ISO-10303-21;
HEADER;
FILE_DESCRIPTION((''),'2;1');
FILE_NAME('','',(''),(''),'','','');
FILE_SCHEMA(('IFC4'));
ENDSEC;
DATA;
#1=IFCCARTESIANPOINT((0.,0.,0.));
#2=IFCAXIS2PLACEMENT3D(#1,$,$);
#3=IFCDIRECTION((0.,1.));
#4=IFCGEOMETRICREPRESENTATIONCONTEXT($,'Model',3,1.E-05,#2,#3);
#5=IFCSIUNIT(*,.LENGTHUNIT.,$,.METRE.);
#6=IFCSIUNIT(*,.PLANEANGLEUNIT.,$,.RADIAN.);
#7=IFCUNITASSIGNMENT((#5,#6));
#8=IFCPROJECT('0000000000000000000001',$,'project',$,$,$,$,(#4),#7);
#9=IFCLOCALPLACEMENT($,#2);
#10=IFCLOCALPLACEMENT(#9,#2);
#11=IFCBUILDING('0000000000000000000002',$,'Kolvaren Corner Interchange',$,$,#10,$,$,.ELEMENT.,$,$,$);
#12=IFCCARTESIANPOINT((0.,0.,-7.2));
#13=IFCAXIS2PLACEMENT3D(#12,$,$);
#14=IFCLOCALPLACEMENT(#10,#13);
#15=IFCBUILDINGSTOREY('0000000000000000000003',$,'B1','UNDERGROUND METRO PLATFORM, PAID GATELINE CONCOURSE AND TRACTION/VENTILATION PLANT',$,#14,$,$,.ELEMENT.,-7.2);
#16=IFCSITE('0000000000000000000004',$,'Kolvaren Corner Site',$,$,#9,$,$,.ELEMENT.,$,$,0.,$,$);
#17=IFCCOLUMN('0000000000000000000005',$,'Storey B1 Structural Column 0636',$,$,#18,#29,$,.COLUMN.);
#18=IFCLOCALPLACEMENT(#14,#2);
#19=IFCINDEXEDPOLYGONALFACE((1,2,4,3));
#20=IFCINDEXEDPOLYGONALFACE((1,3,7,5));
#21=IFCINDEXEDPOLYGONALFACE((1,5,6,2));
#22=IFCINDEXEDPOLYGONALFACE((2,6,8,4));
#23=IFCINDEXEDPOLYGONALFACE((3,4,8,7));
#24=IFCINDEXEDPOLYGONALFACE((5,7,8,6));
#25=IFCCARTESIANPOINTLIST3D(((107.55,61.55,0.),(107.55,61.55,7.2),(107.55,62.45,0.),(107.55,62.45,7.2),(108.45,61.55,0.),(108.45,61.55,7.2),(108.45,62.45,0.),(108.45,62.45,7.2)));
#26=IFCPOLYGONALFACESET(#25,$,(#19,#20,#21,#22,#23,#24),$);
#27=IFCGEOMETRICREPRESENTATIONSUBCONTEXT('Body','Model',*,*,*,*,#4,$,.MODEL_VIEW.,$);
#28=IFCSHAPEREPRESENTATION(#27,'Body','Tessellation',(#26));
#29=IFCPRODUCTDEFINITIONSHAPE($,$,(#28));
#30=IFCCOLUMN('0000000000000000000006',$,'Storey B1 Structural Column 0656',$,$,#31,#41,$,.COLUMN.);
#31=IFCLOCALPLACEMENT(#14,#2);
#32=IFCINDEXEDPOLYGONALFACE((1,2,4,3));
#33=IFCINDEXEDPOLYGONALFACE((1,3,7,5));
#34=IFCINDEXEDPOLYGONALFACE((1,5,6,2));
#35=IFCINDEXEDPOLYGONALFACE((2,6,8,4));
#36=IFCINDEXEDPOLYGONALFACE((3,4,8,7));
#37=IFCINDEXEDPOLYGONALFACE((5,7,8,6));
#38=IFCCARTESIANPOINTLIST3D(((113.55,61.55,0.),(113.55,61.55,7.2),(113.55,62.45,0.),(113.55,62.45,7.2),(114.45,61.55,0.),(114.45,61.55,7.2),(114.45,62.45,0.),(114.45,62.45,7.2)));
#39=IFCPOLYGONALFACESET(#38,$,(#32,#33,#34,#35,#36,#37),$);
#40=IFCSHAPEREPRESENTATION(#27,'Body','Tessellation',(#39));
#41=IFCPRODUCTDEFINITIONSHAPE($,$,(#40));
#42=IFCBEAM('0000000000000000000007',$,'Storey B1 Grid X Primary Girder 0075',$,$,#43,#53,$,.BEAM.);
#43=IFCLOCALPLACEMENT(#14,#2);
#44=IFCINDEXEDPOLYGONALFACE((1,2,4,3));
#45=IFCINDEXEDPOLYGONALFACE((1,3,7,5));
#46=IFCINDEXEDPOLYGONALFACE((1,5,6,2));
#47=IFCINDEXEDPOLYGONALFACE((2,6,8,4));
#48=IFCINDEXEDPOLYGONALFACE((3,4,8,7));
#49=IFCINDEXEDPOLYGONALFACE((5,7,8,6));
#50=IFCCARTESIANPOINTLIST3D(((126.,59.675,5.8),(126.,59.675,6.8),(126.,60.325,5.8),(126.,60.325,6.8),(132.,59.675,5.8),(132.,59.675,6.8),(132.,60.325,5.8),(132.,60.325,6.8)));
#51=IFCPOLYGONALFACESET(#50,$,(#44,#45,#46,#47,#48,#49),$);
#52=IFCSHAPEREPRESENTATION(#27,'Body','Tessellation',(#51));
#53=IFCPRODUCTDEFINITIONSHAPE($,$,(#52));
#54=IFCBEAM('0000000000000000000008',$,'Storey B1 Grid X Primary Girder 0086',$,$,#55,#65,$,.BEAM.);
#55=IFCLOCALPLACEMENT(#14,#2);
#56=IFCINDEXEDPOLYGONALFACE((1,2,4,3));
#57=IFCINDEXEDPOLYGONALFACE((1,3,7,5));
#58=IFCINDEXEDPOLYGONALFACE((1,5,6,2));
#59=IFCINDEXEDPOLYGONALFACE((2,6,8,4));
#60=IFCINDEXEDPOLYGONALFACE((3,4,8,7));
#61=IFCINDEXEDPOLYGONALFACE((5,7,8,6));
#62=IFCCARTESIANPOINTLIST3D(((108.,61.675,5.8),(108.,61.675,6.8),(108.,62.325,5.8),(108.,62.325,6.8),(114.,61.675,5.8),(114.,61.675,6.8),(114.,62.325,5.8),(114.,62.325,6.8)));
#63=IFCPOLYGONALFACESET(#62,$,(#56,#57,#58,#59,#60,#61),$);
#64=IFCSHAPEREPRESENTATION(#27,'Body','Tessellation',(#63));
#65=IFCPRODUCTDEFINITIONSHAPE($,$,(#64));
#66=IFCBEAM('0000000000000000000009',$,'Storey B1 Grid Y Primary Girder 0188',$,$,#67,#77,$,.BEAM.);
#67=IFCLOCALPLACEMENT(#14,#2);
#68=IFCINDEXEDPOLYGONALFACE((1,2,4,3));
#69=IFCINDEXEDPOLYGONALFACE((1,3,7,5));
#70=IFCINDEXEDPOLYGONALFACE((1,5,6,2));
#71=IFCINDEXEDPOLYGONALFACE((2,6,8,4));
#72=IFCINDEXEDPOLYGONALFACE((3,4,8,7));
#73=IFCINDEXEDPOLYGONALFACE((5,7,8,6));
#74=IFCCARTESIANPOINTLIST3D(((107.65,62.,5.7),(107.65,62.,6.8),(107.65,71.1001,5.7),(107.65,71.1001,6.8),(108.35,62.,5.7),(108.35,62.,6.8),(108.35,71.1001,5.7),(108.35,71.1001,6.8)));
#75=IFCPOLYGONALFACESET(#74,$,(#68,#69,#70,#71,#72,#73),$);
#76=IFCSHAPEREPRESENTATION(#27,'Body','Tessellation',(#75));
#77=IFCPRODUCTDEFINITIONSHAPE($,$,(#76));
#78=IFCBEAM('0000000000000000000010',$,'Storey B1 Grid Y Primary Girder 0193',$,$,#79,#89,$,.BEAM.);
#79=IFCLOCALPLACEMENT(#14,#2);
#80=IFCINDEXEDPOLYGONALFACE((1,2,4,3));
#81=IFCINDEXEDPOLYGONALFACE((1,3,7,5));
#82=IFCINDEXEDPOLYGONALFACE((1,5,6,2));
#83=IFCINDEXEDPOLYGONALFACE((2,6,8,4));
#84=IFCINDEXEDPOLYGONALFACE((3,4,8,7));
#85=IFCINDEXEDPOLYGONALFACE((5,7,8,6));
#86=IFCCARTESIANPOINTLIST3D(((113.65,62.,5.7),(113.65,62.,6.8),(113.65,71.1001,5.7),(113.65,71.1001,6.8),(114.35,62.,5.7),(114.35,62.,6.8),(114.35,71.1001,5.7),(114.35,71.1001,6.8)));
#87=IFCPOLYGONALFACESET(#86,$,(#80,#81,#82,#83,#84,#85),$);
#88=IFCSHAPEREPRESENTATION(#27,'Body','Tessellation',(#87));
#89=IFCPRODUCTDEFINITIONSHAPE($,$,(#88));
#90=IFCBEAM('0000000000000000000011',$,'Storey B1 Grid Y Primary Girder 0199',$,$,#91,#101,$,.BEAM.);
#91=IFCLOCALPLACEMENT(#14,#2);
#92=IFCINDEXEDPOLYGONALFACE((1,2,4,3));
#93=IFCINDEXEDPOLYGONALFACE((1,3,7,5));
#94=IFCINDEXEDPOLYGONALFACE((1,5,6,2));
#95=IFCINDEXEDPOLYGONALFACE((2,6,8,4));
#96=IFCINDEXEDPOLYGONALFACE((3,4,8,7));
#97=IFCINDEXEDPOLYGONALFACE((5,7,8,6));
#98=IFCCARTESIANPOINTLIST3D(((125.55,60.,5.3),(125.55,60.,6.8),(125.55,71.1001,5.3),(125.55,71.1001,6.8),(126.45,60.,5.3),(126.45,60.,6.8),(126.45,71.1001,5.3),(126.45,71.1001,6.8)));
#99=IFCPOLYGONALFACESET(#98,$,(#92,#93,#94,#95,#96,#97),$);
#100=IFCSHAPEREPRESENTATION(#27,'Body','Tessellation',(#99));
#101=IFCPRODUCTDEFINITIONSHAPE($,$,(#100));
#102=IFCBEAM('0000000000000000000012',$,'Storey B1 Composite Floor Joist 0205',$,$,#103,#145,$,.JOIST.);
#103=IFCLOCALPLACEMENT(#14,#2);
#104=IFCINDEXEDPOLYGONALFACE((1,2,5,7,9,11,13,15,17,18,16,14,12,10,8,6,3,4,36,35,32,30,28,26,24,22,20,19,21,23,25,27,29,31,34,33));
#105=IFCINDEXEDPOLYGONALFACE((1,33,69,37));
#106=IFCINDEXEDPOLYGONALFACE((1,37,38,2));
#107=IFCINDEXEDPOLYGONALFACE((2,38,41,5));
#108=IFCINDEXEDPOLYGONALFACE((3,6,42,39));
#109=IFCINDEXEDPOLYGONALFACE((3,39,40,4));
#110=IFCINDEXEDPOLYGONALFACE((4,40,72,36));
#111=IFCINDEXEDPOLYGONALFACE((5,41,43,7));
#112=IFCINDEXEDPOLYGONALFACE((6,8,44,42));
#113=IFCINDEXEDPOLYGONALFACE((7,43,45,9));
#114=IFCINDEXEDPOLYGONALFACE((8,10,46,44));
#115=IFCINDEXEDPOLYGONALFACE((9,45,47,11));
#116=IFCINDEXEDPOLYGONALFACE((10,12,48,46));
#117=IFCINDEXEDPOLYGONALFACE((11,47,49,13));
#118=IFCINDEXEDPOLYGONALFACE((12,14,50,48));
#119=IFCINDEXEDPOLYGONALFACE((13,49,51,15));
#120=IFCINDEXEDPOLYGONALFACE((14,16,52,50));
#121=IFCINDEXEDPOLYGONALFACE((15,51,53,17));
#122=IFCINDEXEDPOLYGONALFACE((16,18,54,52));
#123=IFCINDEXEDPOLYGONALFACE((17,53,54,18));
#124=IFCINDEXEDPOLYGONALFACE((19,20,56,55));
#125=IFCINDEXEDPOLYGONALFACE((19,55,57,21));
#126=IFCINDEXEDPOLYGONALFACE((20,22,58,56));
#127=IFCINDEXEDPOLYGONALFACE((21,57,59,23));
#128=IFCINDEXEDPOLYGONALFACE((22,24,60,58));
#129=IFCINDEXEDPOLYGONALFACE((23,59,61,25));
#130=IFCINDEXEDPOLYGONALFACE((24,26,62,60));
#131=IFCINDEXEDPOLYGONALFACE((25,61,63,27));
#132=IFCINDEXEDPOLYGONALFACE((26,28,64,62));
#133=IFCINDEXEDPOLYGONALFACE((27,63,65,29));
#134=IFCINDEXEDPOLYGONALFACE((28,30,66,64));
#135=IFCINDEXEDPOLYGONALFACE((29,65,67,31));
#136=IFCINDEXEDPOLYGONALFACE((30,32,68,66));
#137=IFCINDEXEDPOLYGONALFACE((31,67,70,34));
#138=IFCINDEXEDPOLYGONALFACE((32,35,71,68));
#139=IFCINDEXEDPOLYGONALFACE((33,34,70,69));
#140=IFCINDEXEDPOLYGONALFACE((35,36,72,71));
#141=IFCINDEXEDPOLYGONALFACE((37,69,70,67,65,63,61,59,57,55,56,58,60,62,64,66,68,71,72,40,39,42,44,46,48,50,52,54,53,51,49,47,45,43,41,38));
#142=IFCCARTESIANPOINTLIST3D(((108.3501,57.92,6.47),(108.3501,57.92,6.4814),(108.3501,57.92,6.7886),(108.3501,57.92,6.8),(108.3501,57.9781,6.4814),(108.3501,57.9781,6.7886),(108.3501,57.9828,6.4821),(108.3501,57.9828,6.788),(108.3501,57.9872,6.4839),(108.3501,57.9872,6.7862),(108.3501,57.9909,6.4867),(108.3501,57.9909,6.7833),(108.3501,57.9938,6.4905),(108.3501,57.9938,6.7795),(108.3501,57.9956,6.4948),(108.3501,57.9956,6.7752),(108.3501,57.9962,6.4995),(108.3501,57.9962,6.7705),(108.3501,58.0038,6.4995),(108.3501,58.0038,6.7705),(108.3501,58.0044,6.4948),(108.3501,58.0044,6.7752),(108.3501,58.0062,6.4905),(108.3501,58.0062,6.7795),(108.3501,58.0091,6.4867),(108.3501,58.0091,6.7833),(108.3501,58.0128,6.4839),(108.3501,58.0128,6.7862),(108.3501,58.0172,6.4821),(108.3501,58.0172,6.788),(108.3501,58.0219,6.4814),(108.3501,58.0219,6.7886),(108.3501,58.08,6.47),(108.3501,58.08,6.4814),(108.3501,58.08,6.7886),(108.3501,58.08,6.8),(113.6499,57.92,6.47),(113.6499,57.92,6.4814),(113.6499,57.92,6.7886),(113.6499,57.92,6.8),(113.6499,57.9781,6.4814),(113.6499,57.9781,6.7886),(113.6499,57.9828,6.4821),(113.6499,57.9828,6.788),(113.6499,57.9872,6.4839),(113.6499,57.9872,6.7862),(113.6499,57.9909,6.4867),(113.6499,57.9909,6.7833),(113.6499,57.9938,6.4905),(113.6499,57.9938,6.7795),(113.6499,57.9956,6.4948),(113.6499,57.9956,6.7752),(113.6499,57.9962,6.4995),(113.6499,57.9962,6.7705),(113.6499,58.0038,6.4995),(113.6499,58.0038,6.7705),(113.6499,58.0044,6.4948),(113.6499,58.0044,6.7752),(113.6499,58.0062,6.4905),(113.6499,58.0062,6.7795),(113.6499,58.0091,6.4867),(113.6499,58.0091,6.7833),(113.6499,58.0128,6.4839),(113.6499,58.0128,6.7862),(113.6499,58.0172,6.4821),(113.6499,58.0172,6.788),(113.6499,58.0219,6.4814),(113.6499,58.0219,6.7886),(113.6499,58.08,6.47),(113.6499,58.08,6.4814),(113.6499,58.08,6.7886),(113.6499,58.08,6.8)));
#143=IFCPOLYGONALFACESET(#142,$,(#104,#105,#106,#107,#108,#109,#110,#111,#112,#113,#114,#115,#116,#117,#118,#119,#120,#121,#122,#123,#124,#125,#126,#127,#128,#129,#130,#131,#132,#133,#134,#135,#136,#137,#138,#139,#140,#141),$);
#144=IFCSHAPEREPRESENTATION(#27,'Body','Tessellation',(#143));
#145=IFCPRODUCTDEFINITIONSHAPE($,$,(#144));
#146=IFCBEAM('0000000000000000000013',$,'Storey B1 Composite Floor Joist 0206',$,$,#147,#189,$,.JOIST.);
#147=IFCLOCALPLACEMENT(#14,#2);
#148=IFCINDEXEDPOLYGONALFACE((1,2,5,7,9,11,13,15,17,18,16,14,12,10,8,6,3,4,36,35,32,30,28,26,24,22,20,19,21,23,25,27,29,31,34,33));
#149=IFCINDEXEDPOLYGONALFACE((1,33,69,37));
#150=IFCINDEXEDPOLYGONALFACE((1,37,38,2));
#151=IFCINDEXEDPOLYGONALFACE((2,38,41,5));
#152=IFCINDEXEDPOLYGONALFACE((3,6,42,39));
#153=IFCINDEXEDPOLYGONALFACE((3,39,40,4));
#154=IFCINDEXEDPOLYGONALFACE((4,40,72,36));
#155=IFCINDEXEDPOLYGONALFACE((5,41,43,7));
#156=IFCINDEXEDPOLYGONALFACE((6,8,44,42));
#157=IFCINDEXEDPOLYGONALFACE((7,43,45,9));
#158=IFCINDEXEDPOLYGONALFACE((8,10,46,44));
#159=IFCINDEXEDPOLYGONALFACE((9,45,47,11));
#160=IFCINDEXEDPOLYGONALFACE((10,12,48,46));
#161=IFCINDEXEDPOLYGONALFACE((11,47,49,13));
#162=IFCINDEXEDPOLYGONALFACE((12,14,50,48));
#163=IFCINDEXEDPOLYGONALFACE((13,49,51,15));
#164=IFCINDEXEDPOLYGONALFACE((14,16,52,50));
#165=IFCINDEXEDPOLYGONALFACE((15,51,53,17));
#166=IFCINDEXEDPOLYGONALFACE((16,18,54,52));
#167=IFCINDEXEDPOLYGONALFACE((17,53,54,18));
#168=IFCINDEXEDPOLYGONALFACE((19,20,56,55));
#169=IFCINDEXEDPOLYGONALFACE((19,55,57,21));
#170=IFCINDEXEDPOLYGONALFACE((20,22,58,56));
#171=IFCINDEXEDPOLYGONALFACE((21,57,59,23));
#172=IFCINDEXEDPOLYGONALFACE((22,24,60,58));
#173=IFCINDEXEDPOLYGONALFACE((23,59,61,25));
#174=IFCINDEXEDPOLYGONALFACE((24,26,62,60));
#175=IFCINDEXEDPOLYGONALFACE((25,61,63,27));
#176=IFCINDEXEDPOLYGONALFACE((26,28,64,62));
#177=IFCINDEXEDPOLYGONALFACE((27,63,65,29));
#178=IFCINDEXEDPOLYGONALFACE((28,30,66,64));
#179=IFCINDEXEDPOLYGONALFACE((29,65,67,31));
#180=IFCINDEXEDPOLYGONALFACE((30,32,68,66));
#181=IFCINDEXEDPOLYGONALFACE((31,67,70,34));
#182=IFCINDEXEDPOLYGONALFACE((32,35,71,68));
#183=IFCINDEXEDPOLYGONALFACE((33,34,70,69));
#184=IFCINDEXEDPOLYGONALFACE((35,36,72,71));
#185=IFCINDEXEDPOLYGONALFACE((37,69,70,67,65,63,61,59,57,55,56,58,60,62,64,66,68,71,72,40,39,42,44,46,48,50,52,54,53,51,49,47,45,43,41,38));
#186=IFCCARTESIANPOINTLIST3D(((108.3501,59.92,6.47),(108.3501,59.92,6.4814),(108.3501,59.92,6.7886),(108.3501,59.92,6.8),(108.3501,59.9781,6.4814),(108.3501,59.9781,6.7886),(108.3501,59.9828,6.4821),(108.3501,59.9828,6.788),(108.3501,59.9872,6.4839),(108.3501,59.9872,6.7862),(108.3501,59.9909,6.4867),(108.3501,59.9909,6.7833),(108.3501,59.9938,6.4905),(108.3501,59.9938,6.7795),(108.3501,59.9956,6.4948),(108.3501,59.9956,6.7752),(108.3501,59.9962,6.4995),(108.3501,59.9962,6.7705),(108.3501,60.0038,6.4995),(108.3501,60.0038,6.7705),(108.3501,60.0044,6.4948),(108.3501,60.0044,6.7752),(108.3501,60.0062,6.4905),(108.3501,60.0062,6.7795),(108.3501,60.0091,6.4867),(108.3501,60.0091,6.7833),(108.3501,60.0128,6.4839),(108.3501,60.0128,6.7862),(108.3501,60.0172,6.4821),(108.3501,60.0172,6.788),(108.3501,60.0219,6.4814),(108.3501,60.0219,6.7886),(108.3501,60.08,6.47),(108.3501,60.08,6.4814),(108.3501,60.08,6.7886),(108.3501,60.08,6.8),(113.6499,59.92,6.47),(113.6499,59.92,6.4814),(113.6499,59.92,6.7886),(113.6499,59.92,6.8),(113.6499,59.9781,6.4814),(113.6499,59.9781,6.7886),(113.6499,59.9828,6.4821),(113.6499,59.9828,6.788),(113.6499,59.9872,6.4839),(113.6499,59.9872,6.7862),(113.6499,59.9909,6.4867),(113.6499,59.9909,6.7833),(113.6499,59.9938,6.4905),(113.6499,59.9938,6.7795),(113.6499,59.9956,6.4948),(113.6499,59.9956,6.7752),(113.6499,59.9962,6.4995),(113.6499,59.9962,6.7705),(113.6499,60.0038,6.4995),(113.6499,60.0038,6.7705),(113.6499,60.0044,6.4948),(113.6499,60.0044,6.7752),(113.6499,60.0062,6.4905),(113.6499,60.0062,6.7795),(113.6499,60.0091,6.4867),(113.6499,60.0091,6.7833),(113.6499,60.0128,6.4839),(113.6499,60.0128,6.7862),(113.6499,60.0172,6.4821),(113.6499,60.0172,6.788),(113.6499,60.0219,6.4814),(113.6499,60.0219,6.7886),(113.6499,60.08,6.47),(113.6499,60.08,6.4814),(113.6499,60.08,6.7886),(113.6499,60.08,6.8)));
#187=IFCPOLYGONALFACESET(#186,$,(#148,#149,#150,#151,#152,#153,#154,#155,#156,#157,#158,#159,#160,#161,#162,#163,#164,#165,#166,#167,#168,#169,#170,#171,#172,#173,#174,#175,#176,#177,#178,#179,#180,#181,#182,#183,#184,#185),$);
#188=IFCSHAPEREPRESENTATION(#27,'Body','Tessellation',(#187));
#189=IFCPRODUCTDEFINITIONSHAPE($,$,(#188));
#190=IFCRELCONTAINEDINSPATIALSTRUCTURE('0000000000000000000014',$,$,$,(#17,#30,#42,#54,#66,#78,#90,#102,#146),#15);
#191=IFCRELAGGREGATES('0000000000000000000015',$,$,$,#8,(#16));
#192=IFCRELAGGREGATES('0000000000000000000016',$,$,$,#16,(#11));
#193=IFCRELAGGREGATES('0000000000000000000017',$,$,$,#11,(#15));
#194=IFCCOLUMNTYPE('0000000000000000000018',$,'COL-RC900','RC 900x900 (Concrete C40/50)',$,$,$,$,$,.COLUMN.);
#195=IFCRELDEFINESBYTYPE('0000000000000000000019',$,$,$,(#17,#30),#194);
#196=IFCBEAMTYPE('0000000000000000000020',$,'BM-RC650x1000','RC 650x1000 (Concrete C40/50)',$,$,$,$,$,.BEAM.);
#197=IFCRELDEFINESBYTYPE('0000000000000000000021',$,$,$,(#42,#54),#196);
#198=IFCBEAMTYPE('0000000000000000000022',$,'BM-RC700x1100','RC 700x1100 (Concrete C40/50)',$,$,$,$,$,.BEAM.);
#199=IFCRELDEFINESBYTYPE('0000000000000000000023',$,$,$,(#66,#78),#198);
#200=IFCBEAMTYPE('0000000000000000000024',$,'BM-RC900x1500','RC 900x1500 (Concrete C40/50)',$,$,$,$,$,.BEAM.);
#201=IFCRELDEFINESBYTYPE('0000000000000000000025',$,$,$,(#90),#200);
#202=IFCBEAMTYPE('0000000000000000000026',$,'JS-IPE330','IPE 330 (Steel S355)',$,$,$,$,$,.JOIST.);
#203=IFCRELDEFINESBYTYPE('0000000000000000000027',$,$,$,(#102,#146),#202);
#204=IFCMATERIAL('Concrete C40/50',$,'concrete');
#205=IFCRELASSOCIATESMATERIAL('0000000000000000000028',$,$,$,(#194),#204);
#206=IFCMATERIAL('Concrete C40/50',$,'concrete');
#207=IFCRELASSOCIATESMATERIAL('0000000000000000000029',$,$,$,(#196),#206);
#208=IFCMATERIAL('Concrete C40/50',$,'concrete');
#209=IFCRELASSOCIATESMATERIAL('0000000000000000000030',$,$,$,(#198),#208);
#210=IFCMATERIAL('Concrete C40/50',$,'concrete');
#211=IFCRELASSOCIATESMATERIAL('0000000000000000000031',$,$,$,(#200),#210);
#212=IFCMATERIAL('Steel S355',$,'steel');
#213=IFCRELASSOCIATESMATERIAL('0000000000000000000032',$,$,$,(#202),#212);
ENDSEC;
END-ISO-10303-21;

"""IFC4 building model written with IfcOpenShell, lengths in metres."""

from ifc_helpers import new_model, si_unit, direction, frame, origin, origin_2d, place, context, subcontext, project, spatial, rectangle, i_section, extrude, material, material_profile, profile_set, type_object, element, save


model = new_model("IFC4")

# Units and contexts
model_context = context("Model", 3, precision=1e-05, world=origin(), true_north=direction((0.0, 1.0)))
body_context = subcontext(model_context, "Body", "Model", "MODEL_VIEW")
ifc_project = project(units=[si_unit("LENGTHUNIT", "METRE"), si_unit("PLANEANGLEUNIT", "RADIAN")], contexts=[model_context])

# Site, building, storey
site_placement = place(None, origin())
site = spatial("IfcSite", under=ifc_project, at=site_placement, Name="Kolvaren Corner Site", CompositionType="ELEMENT", RefElevation=0.0)
building_placement = place(site_placement, origin())
building = spatial("IfcBuilding", under=site, at=building_placement, Name="Kolvaren Corner Interchange", CompositionType="ELEMENT")
storey_placement = place(building_placement, frame((0.0, 0.0, -7.2)))
storey = spatial("IfcBuildingStorey", under=building, at=storey_placement, Name="B1", Description="UNDERGROUND METRO PLATFORM, PAID GATELINE CONCOURSE AND TRACTION/VENTILATION PLANT", CompositionType="ELEMENT", Elevation=-7.2)

# Columns
ifc_material_1 = material(Name="Concrete C40/50", Category="concrete")
ifc_material_profile_1 = material_profile(ifc_material_1, rectangle(XDim=0.8999, YDim=0.8999, at=origin_2d()), Name="RC 900x900")
ifc_profile_set_1 = profile_set([ifc_material_profile_1], Name="Concrete C40/50")
column_type_1 = type_object("IfcColumnType", Name="COL-RC900", Description="RC 900x900 (Concrete C40/50)", PredefinedType="COLUMN", material=ifc_profile_set_1)
for number, where, z_axis, x_axis, name in (
    (1, (108.0, 62.0, 0.0), (0.0, 0.0, 1.0), (1.0, 0.0, 0.0), "Storey B1 Structural Column 0636"),
    (2, (114.0, 62.0, 0.0), (0.0, 0.0, 1.0), (1.0, 0.0, 0.0), "Storey B1 Structural Column 0656"),
):
    element("IfcColumn", number, at=place(storey_placement, frame(where, z_axis=z_axis, x_axis=x_axis)), inside=storey, type_object=column_type_1, Name=name, PredefinedType="COLUMN", context=body_context, shape_type="SweptSolid", body=[
        extrude(rectangle(XDim=0.8999, YDim=0.8999, at=origin_2d()), origin(), (0.0, 0.0, 1.0), 7.2),
    ])

# Beams
ifc_material_2 = material(Name="Concrete C40/50", Category="concrete")
ifc_material_profile_2 = material_profile(ifc_material_2, rectangle(XDim=0.6499, YDim=1.0, at=origin_2d()), Name="RC 650x1000")
ifc_profile_set_2 = profile_set([ifc_material_profile_2], Name="Concrete C40/50")
beam_type_1 = type_object("IfcBeamType", Name="BM-RC650x1000", Description="RC 650x1000 (Concrete C40/50)", PredefinedType="BEAM", material=ifc_profile_set_2)
for number, where, z_axis, x_axis, name in (
    (3, (126.0, 60.0, 6.3), (1.0, 0.0, 0.0), (0.0, 1.0, 0.0), "Storey B1 Grid X Primary Girder 0075"),
    (4, (108.0, 62.0, 6.3), (1.0, 0.0, 0.0), (0.0, 1.0, 0.0), "Storey B1 Grid X Primary Girder 0086"),
):
    element("IfcBeam", number, at=place(storey_placement, frame(where, z_axis=z_axis, x_axis=x_axis)), inside=storey, type_object=beam_type_1, Name=name, PredefinedType="BEAM", context=body_context, shape_type="SweptSolid", body=[
        extrude(rectangle(XDim=0.6499, YDim=1.0, at=origin_2d()), origin(), (0.0, 0.0, 1.0), 6.0),
    ])
ifc_material_3 = material(Name="Concrete C40/50", Category="concrete")
ifc_material_profile_3 = material_profile(ifc_material_3, rectangle(XDim=0.7, YDim=1.1001, at=origin_2d()), Name="RC 700x1100")
ifc_profile_set_3 = profile_set([ifc_material_profile_3], Name="Concrete C40/50")
beam_type_2 = type_object("IfcBeamType", Name="BM-RC700x1100", Description="RC 700x1100 (Concrete C40/50)", PredefinedType="BEAM", material=ifc_profile_set_3)
for number, where, z_axis, x_axis, name in (
    (5, (108.0, 62.0, 6.25), (0.0, 1.0, 0.0), (-1.0, 0.0, 0.0), "Storey B1 Grid Y Primary Girder 0188"),
    (6, (114.0, 62.0, 6.25), (0.0, 1.0, 0.0), (-1.0, 0.0, 0.0), "Storey B1 Grid Y Primary Girder 0193"),
):
    element("IfcBeam", number, at=place(storey_placement, frame(where, z_axis=z_axis, x_axis=x_axis)), inside=storey, type_object=beam_type_2, Name=name, PredefinedType="BEAM", context=body_context, shape_type="SweptSolid", body=[
        extrude(rectangle(XDim=0.7, YDim=1.1001, at=origin_2d()), origin(), (0.0, 0.0, 1.0), 9.1001),
    ])
ifc_material_4 = material(Name="Concrete C40/50", Category="concrete")
ifc_material_profile_4 = material_profile(ifc_material_4, rectangle(XDim=0.8999, YDim=1.5, at=origin_2d()), Name="RC 900x1500")
ifc_profile_set_4 = profile_set([ifc_material_profile_4], Name="Concrete C40/50")
beam_type_3 = type_object("IfcBeamType", Name="BM-RC900x1500", Description="RC 900x1500 (Concrete C40/50)", PredefinedType="BEAM", material=ifc_profile_set_4)
beam_1_placement = place(storey_placement, frame((126.0, 60.0, 6.05), z_axis=(0.0, 1.0, 0.0), x_axis=(-1.0, 0.0, 0.0)))
element("IfcBeam", 7, at=beam_1_placement, inside=storey, type_object=beam_type_3, Name="Storey B1 Grid Y Primary Girder 0199", PredefinedType="BEAM", context=body_context, shape_type="SweptSolid", body=[
    extrude(rectangle(XDim=0.8999, YDim=1.5, at=origin_2d()), origin(), (0.0, 0.0, 1.0), 11.1001),
])
ifc_material_5 = material(Name="Steel S355", Category="steel")
ifc_material_profile_5 = material_profile(ifc_material_5, i_section(OverallWidth=0.1599, OverallDepth=0.3301, WebThickness=0.0076, FlangeThickness=0.0115, FilletRadius=0.0181, at=origin_2d()), Name="IPE 330")
ifc_profile_set_5 = profile_set([ifc_material_profile_5], Name="Steel S355")
beam_type_4 = type_object("IfcBeamType", Name="JS-IPE330", Description="IPE 330 (Steel S355)", PredefinedType="JOIST", material=ifc_profile_set_5)
for number, where, z_axis, x_axis, name in (
    (8, (108.3501, 58.0, 6.635), (1.0, 0.0, 0.0), (0.0, 1.0, 0.0), "Storey B1 Composite Floor Joist 0205"),
    (9, (108.3501, 60.0, 6.635), (1.0, 0.0, 0.0), (0.0, 1.0, 0.0), "Storey B1 Composite Floor Joist 0206"),
):
    element("IfcBeam", number, at=place(storey_placement, frame(where, z_axis=z_axis, x_axis=x_axis)), inside=storey, type_object=beam_type_4, Name=name, PredefinedType="JOIST", context=body_context, shape_type="SweptSolid", body=[
        extrude(i_section(OverallWidth=0.1599, OverallDepth=0.3301, WebThickness=0.0076, FlangeThickness=0.0115, FilletRadius=0.0181, at=origin_2d()), origin(), (0.0, 0.0, 1.0), 5.2998),
    ])

save(model, "model.ifc")
